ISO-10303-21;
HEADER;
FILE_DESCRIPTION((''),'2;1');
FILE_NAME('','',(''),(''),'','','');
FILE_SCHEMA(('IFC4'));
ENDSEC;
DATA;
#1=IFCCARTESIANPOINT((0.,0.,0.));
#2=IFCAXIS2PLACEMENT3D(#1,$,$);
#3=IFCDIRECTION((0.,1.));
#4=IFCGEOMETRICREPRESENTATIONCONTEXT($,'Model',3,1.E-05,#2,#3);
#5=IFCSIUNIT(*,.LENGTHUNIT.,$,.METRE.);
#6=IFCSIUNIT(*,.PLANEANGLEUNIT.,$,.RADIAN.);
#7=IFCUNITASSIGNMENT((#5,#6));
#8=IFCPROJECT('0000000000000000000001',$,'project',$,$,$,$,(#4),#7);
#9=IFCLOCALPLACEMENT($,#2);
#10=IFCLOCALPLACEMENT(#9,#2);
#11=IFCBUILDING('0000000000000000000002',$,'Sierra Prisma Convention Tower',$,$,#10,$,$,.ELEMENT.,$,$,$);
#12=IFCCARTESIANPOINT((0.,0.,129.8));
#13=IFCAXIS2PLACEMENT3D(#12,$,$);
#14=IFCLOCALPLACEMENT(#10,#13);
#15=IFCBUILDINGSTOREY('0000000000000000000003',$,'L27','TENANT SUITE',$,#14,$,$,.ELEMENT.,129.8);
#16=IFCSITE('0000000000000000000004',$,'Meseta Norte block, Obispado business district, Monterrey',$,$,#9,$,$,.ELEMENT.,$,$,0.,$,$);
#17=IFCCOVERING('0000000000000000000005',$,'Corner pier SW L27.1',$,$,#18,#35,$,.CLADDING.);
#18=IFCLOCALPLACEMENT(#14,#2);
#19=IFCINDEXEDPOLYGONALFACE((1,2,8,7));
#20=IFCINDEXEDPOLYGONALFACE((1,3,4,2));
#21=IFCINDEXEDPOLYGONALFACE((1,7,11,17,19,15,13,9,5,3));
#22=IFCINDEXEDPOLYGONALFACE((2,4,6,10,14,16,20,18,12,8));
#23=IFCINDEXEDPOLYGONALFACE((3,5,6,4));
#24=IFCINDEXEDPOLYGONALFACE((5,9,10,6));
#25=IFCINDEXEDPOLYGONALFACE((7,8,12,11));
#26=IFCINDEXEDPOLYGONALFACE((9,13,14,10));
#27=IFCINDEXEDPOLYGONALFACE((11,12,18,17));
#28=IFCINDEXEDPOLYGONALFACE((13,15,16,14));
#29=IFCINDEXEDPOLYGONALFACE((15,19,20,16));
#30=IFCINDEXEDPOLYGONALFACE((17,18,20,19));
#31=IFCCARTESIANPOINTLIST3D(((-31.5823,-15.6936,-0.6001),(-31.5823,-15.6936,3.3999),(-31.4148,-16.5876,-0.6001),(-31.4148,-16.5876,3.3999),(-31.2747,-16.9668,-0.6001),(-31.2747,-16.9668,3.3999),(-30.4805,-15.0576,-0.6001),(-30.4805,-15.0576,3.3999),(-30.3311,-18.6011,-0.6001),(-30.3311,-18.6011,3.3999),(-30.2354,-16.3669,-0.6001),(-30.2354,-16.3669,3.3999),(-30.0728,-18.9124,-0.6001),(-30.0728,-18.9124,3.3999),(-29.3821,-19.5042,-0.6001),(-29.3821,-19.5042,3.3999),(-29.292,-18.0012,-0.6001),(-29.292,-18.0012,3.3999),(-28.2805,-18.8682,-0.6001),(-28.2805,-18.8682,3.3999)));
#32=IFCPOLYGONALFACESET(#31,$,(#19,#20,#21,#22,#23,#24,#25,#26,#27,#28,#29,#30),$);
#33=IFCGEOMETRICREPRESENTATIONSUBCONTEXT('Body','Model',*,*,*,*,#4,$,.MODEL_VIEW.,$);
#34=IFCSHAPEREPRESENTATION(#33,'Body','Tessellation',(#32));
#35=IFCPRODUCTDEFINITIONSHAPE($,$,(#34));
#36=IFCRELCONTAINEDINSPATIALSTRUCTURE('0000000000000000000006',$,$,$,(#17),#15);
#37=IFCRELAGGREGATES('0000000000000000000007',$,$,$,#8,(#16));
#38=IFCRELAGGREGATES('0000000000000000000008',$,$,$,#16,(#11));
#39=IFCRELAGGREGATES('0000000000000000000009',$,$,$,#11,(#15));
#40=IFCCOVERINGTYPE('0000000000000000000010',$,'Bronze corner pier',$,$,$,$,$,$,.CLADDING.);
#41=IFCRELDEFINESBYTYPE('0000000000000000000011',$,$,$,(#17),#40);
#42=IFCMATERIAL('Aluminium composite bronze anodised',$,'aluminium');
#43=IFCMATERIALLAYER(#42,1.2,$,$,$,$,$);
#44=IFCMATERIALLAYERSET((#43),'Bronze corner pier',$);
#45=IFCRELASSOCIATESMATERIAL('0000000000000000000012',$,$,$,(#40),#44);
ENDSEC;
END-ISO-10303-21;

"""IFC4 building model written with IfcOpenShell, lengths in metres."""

from ifc_helpers import new_model, si_unit, direction, frame, origin, place, context, subcontext, project, spatial, polyline, outline, extrude, material, layer, layer_set, type_object, element, save


model = new_model("IFC4")

# Units and contexts
model_context = context("Model", 3, precision=1e-05, world=origin(), true_north=direction((0.0, 1.0)))
body_context = subcontext(model_context, "Body", "Model", "MODEL_VIEW")
ifc_project = project(units=[si_unit("LENGTHUNIT", "METRE"), si_unit("PLANEANGLEUNIT", "RADIAN")], contexts=[model_context])

# Site, building, storey
site_placement = place(None, origin())
site = spatial("IfcSite", under=ifc_project, at=site_placement, Name="Meseta Norte block, Obispado business district, Monterrey", CompositionType="ELEMENT", RefElevation=0.0)
building_placement = place(site_placement, origin())
building = spatial("IfcBuilding", under=site, at=building_placement, Name="Sierra Prisma Convention Tower", CompositionType="ELEMENT")
storey_placement = place(building_placement, frame((0.0, 0.0, 129.8)))
storey = spatial("IfcBuildingStorey", under=building, at=storey_placement, Name="L27", Description="TENANT SUITE", CompositionType="ELEMENT", Elevation=129.8)

# Covering
ifc_material_1 = material(Name="Aluminium composite bronze anodised", Category="aluminium")
ifc_layer_1 = layer(ifc_material_1, 1.2)
ifc_layer_set_1 = layer_set([ifc_layer_1], Name="Bronze corner pier")
covering_type = type_object("IfcCoveringType", Name="Bronze corner pier", PredefinedType="CLADDING", material=ifc_layer_set_1)
covering_1_placement = place(storey_placement, frame((0.0, 0.0, -0.6001)))
element("IfcCovering", 1, at=covering_1_placement, inside=storey, type_object=covering_type, Name="Corner pier SW L27.1", PredefinedType="CLADDING", context=body_context, shape_type="SweptSolid", body=[
    extrude(outline(polyline([(-30.0728, -18.9124), (-30.3311, -18.6011), (-31.2747, -16.9668), (-31.4148, -16.5876), (-31.5823, -15.6936), (-30.4805, -15.0576), (-30.2354, -16.3669), (-29.292, -18.0012), (-28.2805, -18.8682), (-29.3821, -19.5042), (-30.0728, -18.9124)])), origin(), (0.0, 0.0, 1.0), 4.0),
])

save(model, "model.ifc")
